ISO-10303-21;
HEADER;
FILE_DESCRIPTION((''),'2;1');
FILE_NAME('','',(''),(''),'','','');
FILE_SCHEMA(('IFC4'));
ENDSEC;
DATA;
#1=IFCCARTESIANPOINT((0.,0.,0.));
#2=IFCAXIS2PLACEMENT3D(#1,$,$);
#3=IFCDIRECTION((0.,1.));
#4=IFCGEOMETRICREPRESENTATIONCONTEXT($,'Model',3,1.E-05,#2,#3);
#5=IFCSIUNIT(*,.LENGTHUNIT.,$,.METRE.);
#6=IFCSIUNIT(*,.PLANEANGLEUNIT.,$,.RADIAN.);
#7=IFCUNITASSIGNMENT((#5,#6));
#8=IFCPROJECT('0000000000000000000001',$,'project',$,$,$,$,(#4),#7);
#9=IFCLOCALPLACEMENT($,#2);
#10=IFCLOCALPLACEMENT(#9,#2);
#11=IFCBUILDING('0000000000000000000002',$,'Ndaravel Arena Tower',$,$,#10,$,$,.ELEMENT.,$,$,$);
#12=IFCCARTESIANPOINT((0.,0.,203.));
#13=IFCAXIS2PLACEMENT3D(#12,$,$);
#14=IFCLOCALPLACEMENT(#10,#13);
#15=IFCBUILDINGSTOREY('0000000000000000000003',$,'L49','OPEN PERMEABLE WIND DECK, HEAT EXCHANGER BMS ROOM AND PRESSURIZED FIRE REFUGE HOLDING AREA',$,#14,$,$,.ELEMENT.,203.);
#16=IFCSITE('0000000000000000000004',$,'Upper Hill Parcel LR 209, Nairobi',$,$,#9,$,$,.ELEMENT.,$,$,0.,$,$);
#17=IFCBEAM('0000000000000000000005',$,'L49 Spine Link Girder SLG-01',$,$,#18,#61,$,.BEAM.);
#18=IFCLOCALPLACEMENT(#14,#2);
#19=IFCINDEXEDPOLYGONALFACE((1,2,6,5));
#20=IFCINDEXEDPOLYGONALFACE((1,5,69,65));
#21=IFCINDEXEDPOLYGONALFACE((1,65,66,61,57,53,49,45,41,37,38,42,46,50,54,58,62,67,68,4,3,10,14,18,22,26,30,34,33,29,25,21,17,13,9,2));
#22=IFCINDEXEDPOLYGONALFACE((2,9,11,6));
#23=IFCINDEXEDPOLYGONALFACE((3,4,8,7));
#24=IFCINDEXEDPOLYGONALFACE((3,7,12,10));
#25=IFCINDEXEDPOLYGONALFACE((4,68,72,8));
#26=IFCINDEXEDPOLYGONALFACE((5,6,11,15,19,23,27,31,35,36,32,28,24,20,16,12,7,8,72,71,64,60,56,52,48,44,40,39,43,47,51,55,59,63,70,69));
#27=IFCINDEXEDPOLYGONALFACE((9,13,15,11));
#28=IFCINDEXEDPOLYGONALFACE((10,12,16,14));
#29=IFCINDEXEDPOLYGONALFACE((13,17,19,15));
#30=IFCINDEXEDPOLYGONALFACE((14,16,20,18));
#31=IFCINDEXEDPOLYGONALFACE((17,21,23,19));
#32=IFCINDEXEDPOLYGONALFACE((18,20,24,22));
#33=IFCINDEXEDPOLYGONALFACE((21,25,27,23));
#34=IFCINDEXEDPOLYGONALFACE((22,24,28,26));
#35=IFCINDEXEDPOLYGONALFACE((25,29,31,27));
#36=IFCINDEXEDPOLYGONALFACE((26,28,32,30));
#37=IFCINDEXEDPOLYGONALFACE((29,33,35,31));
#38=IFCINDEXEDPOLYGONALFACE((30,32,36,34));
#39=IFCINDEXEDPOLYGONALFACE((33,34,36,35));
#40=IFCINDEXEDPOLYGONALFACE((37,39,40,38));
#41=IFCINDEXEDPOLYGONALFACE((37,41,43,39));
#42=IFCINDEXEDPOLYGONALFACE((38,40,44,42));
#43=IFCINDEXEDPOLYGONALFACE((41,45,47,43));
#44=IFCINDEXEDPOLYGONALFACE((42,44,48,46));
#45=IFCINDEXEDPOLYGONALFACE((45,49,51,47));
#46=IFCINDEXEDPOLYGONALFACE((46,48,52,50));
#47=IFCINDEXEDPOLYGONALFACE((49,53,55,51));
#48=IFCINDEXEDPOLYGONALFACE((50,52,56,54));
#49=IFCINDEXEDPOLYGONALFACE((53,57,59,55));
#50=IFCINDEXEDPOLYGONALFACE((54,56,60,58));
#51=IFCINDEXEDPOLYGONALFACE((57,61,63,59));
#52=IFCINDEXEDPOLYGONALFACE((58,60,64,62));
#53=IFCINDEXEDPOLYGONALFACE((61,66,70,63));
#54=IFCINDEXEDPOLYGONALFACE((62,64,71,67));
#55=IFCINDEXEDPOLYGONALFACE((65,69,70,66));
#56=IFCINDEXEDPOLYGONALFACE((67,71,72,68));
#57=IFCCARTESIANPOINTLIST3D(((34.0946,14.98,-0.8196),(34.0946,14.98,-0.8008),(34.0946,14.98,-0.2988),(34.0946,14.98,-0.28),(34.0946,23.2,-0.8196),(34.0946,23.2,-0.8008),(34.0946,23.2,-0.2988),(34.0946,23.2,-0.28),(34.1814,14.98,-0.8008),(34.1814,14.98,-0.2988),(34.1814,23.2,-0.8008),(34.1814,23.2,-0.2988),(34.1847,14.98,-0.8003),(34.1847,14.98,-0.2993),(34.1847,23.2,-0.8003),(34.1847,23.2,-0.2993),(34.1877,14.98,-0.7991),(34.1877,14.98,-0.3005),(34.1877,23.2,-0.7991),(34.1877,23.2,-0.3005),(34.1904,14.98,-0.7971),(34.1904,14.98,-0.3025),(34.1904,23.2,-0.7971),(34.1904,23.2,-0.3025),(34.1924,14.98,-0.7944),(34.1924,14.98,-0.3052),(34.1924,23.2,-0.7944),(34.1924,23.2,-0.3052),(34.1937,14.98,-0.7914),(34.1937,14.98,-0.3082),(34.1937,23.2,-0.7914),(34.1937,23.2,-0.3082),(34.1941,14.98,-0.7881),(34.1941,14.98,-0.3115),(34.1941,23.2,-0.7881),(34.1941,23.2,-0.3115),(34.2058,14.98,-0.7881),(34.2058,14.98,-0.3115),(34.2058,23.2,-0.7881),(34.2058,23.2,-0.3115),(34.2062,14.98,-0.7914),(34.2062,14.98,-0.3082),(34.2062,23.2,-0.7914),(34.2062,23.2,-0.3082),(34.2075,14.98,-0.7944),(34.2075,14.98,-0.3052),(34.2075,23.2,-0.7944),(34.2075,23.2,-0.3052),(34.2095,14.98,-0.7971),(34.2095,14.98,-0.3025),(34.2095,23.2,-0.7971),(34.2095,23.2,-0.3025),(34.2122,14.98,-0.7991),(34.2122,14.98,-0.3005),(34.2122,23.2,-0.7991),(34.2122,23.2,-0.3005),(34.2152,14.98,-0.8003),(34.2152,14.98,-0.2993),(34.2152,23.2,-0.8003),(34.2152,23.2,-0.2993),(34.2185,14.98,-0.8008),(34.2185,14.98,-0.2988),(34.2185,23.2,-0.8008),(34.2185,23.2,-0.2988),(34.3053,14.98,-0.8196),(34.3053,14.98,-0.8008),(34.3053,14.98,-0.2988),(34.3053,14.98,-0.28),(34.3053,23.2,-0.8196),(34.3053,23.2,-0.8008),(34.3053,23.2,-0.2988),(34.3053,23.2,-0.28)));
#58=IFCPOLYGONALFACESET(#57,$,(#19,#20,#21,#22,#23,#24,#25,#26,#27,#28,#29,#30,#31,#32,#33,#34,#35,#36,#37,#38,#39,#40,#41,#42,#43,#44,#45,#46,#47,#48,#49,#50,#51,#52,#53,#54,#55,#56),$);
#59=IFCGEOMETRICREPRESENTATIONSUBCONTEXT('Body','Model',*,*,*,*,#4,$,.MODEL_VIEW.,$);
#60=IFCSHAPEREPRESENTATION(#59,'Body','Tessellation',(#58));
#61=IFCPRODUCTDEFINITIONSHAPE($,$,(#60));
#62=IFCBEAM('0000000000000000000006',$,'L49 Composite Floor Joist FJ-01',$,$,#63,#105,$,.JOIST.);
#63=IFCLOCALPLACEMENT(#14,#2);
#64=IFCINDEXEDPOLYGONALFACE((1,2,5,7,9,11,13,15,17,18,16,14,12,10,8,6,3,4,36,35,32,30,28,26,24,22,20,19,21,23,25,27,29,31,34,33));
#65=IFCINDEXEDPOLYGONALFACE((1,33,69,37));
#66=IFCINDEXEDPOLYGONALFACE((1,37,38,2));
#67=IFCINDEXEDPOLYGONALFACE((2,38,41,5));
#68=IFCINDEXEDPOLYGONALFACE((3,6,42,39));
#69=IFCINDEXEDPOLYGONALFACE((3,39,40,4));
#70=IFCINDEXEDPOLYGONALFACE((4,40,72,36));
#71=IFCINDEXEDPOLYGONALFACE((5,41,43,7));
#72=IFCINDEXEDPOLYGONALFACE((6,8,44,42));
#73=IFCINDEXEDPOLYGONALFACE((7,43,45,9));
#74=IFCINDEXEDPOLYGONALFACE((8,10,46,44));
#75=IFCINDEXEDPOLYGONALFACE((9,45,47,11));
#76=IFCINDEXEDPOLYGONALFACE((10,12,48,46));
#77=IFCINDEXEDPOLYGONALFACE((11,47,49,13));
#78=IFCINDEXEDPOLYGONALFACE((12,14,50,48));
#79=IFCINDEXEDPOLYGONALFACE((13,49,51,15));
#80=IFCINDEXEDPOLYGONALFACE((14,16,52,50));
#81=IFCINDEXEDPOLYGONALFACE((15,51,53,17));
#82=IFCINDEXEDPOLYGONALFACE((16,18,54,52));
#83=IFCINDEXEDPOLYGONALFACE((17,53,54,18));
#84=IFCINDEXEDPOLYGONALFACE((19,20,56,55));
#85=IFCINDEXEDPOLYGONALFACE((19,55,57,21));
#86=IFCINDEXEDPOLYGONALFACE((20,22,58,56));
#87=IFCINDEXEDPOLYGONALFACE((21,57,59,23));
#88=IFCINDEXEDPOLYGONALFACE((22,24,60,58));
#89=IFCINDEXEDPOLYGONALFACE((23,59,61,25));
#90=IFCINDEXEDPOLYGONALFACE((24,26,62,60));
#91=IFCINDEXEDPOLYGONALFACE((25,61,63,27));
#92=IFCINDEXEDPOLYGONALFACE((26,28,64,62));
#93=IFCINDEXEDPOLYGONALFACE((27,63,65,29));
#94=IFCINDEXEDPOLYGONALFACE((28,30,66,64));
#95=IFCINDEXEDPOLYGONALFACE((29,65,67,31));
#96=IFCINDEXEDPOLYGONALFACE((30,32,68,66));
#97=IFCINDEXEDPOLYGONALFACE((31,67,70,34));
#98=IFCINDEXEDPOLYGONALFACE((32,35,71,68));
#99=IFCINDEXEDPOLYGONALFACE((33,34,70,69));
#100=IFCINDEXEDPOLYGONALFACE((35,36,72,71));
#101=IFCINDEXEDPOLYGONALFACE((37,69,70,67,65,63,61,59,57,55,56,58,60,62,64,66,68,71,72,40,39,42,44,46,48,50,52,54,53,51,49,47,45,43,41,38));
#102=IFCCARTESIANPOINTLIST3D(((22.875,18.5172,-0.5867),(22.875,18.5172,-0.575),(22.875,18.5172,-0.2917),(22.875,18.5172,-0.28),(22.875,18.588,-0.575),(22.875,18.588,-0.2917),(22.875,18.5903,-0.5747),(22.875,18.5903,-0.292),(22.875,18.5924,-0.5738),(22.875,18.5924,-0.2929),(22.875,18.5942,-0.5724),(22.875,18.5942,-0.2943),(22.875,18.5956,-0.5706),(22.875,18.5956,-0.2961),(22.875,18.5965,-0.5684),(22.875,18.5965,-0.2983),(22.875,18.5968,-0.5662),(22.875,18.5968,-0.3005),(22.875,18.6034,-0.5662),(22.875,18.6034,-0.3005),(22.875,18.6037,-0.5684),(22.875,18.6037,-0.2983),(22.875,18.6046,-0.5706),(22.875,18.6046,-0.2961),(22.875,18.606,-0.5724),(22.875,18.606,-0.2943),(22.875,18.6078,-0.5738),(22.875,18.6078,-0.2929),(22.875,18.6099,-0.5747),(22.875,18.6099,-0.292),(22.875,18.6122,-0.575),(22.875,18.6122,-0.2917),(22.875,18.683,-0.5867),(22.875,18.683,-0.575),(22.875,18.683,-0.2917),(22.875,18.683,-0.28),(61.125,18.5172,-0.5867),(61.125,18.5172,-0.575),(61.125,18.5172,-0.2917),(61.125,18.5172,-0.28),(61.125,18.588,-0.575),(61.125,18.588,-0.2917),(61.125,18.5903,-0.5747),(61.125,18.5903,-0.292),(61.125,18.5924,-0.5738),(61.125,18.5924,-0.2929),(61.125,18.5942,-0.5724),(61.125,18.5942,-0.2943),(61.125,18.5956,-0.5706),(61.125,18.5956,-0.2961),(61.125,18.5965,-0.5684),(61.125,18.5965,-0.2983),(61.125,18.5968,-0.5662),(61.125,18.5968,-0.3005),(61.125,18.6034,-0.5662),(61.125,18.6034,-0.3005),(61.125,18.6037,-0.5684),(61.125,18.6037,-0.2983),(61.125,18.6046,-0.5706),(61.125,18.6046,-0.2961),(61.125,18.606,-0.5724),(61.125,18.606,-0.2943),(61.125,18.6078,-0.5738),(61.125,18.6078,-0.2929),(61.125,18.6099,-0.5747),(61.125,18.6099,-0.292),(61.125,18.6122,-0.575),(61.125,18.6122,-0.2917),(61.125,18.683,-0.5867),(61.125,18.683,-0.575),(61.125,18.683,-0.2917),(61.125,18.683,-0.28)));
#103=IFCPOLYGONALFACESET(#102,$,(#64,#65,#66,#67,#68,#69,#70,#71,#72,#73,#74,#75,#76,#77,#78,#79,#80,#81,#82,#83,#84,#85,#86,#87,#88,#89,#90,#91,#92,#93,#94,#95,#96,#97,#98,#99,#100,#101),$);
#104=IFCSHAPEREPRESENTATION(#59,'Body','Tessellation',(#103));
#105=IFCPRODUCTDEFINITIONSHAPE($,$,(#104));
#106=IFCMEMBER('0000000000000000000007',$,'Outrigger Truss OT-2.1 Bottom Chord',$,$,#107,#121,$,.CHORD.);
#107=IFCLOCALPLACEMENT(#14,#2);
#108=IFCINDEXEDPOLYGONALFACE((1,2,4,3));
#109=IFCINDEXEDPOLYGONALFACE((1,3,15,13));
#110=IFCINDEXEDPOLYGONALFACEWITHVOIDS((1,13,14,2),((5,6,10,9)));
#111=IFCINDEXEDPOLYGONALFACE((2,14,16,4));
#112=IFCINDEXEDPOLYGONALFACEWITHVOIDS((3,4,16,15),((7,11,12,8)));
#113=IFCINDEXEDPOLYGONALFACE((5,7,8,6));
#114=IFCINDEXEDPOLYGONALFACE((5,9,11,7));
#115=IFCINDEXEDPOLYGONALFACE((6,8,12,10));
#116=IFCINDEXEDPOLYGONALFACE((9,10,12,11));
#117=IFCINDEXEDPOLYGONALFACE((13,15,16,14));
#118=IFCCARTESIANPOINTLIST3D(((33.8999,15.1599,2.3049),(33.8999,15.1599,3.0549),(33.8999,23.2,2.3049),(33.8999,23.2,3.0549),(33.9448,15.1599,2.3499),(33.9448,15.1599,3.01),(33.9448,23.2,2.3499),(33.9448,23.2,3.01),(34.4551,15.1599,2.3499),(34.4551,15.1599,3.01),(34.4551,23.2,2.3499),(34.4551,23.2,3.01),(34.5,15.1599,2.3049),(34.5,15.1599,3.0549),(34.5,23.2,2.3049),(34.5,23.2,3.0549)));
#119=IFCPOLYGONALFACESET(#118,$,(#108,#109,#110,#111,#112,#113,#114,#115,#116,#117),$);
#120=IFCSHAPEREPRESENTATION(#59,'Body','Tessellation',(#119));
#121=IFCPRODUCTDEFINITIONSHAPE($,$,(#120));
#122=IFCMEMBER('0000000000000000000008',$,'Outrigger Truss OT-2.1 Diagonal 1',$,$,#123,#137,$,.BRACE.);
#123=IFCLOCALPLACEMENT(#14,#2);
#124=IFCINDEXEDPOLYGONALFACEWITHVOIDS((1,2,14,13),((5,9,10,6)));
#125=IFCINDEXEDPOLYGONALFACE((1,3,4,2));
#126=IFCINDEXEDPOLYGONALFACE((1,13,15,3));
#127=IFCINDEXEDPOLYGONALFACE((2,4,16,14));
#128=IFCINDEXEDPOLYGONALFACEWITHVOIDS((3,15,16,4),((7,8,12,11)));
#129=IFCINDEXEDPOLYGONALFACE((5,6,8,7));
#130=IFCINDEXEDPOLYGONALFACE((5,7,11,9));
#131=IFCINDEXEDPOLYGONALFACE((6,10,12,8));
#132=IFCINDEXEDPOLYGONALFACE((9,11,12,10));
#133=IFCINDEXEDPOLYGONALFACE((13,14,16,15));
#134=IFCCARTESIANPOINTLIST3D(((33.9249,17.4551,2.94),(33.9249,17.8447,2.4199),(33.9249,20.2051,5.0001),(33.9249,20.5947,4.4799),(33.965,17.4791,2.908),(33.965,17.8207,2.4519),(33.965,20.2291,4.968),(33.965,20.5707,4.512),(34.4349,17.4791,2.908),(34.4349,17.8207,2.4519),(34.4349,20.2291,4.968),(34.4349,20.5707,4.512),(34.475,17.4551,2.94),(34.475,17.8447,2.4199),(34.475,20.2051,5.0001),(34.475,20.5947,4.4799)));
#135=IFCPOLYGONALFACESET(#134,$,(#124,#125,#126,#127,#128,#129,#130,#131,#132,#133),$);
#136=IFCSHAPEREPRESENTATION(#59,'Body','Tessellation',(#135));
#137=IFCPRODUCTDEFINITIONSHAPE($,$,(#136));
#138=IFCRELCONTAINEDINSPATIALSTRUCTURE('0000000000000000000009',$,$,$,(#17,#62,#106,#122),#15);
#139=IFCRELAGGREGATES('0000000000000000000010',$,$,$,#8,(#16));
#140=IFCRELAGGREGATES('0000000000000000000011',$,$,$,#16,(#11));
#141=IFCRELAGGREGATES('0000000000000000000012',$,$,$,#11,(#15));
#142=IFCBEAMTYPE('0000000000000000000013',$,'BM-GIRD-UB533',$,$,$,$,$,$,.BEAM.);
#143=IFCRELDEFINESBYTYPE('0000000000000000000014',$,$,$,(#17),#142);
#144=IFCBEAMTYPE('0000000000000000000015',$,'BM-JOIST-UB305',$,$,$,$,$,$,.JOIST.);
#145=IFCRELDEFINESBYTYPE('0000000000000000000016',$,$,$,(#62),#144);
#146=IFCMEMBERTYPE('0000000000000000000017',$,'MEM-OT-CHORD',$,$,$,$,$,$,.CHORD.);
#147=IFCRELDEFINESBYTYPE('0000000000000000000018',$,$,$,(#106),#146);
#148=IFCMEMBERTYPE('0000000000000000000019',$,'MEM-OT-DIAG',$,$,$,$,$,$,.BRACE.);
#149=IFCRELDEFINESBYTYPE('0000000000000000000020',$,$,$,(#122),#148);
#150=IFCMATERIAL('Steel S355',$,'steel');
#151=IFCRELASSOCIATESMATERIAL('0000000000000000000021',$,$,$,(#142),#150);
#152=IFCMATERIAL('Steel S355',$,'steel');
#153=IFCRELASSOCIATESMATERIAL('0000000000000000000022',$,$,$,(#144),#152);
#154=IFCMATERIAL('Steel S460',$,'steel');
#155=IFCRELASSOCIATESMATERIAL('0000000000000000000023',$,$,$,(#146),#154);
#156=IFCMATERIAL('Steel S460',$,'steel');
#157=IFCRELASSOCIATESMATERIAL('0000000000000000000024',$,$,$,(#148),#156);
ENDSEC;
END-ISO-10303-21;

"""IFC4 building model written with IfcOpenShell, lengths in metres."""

from ifc_helpers import new_model, si_unit, direction, frame, origin, origin_2d, place, context, subcontext, project, spatial, hollow_rectangle, i_section, extrude, material, material_profile, profile_set, type_object, element, save


model = new_model("IFC4")

# Units and contexts
model_context = context("Model", 3, precision=1e-05, world=origin(), true_north=direction((0.0, 1.0)))
body_context = subcontext(model_context, "Body", "Model", "MODEL_VIEW")
ifc_project = project(units=[si_unit("LENGTHUNIT", "METRE"), si_unit("PLANEANGLEUNIT", "RADIAN")], contexts=[model_context])

# Site, building, storey
site_placement = place(None, origin())
site = spatial("IfcSite", under=ifc_project, at=site_placement, Name="Upper Hill Parcel LR 209, Nairobi", CompositionType="ELEMENT", RefElevation=0.0)
building_placement = place(site_placement, origin())
building = spatial("IfcBuilding", under=site, at=building_placement, Name="Ndaravel Arena Tower", CompositionType="ELEMENT")
storey_placement = place(building_placement, frame((0.0, 0.0, 203.0)))
storey = spatial("IfcBuildingStorey", under=building, at=storey_placement, Name="L49", Description="OPEN PERMEABLE WIND DECK, HEAT EXCHANGER BMS ROOM AND PRESSURIZED FIRE REFUGE HOLDING AREA", CompositionType="ELEMENT", Elevation=203.0)

# Beams
ifc_material_1 = material(Name="Steel S355", Category="steel")
ifc_material_profile_1 = material_profile(ifc_material_1, i_section(OverallWidth=0.2107, OverallDepth=0.5396, WebThickness=0.0117, FlangeThickness=0.0188, FilletRadius=0.0127, at=origin_2d()), Name="UB 533x210x109")
ifc_profile_set_1 = profile_set([ifc_material_profile_1], Name="Steel S355")
beam_type_1 = type_object("IfcBeamType", Name="BM-GIRD-UB533", PredefinedType="BEAM", material=ifc_profile_set_1)
beam_1_placement = place(storey_placement, frame((34.2, 14.98, -0.5498), z_axis=(0.0, 1.0, 0.0), x_axis=(-1.0, 0.0, 0.0)))
element("IfcBeam", 1, at=beam_1_placement, inside=storey, type_object=beam_type_1, Name="L49 Spine Link Girder SLG-01", PredefinedType="BEAM", context=body_context, shape_type="SweptSolid", body=[
    extrude(i_section(OverallWidth=0.2107, OverallDepth=0.5396, WebThickness=0.0117, FlangeThickness=0.0188, FilletRadius=0.0127, at=origin_2d()), origin(), (0.0, 0.0, 1.0), 8.22),
])
ifc_material_2 = material(Name="Steel S355", Category="steel")
ifc_material_profile_2 = material_profile(ifc_material_2, i_section(OverallWidth=0.1658, OverallDepth=0.3066, WebThickness=0.0066, FlangeThickness=0.0117, FilletRadius=0.0088, at=origin_2d()), Name="UB 305x165x46")
ifc_profile_set_2 = profile_set([ifc_material_profile_2], Name="Steel S355")
beam_type_2 = type_object("IfcBeamType", Name="BM-JOIST-UB305", PredefinedType="JOIST", material=ifc_profile_set_2)
beam_2_placement = place(storey_placement, frame((22.875, 18.6001, -0.4333), z_axis=(1.0, 0.0, 0.0), x_axis=(0.0, 1.0, 0.0)))
element("IfcBeam", 2, at=beam_2_placement, inside=storey, type_object=beam_type_2, Name="L49 Composite Floor Joist FJ-01", PredefinedType="JOIST", context=body_context, shape_type="SweptSolid", body=[
    extrude(i_section(OverallWidth=0.1658, OverallDepth=0.3066, WebThickness=0.0066, FlangeThickness=0.0117, FilletRadius=0.0088, at=origin_2d()), origin(), (0.0, 0.0, 1.0), 38.25),
])

# Members
ifc_material_3 = material(Name="Steel S460", Category="steel")
ifc_material_profile_3 = material_profile(ifc_material_3, hollow_rectangle(XDim=0.6001, YDim=0.75, WallThickness=0.0449, at=origin_2d()), Name="BOX 750x600x45")
ifc_profile_set_3 = profile_set([ifc_material_profile_3], Name="Steel S460")
member_type_1 = type_object("IfcMemberType", Name="MEM-OT-CHORD", PredefinedType="CHORD", material=ifc_profile_set_3)
member_1_placement = place(storey_placement, frame((34.2, 15.1599, 2.6799), z_axis=(0.0, 1.0, 0.0), x_axis=(-1.0, 0.0, 0.0)))
element("IfcMember", 3, at=member_1_placement, inside=storey, type_object=member_type_1, Name="Outrigger Truss OT-2.1 Bottom Chord", PredefinedType="CHORD", context=body_context, shape_type="SweptSolid", body=[
    extrude(hollow_rectangle(XDim=0.6001, YDim=0.75, WallThickness=0.0449, at=origin_2d()), origin(), (0.0, 0.0, 1.0), 8.04),
])
ifc_material_4 = material(Name="Steel S460", Category="steel")
ifc_material_profile_4 = material_profile(ifc_material_4, hollow_rectangle(XDim=0.55, YDim=0.6499, WallThickness=0.04, at=origin_2d()), Name="BOX 650x550x40")
ifc_profile_set_4 = profile_set([ifc_material_profile_4], Name="Steel S460")
member_type_2 = type_object("IfcMemberType", Name="MEM-OT-DIAG", PredefinedType="BRACE", material=ifc_profile_set_4)
member_2_placement = place(storey_placement, frame((34.2, 17.6499, 2.6799), z_axis=(0.0, 0.800341, 0.599545), x_axis=(-1.0, 0.0, 0.0)))
element("IfcMember", 4, at=member_2_placement, inside=storey, type_object=member_type_2, Name="Outrigger Truss OT-2.1 Diagonal 1", PredefinedType="BRACE", context=body_context, shape_type="SweptSolid", body=[
    extrude(hollow_rectangle(XDim=0.55, YDim=0.6499, WallThickness=0.04, at=origin_2d()), origin(), (0.0, 0.0, 1.0), 3.436),
])

save(model, "model.ifc")
